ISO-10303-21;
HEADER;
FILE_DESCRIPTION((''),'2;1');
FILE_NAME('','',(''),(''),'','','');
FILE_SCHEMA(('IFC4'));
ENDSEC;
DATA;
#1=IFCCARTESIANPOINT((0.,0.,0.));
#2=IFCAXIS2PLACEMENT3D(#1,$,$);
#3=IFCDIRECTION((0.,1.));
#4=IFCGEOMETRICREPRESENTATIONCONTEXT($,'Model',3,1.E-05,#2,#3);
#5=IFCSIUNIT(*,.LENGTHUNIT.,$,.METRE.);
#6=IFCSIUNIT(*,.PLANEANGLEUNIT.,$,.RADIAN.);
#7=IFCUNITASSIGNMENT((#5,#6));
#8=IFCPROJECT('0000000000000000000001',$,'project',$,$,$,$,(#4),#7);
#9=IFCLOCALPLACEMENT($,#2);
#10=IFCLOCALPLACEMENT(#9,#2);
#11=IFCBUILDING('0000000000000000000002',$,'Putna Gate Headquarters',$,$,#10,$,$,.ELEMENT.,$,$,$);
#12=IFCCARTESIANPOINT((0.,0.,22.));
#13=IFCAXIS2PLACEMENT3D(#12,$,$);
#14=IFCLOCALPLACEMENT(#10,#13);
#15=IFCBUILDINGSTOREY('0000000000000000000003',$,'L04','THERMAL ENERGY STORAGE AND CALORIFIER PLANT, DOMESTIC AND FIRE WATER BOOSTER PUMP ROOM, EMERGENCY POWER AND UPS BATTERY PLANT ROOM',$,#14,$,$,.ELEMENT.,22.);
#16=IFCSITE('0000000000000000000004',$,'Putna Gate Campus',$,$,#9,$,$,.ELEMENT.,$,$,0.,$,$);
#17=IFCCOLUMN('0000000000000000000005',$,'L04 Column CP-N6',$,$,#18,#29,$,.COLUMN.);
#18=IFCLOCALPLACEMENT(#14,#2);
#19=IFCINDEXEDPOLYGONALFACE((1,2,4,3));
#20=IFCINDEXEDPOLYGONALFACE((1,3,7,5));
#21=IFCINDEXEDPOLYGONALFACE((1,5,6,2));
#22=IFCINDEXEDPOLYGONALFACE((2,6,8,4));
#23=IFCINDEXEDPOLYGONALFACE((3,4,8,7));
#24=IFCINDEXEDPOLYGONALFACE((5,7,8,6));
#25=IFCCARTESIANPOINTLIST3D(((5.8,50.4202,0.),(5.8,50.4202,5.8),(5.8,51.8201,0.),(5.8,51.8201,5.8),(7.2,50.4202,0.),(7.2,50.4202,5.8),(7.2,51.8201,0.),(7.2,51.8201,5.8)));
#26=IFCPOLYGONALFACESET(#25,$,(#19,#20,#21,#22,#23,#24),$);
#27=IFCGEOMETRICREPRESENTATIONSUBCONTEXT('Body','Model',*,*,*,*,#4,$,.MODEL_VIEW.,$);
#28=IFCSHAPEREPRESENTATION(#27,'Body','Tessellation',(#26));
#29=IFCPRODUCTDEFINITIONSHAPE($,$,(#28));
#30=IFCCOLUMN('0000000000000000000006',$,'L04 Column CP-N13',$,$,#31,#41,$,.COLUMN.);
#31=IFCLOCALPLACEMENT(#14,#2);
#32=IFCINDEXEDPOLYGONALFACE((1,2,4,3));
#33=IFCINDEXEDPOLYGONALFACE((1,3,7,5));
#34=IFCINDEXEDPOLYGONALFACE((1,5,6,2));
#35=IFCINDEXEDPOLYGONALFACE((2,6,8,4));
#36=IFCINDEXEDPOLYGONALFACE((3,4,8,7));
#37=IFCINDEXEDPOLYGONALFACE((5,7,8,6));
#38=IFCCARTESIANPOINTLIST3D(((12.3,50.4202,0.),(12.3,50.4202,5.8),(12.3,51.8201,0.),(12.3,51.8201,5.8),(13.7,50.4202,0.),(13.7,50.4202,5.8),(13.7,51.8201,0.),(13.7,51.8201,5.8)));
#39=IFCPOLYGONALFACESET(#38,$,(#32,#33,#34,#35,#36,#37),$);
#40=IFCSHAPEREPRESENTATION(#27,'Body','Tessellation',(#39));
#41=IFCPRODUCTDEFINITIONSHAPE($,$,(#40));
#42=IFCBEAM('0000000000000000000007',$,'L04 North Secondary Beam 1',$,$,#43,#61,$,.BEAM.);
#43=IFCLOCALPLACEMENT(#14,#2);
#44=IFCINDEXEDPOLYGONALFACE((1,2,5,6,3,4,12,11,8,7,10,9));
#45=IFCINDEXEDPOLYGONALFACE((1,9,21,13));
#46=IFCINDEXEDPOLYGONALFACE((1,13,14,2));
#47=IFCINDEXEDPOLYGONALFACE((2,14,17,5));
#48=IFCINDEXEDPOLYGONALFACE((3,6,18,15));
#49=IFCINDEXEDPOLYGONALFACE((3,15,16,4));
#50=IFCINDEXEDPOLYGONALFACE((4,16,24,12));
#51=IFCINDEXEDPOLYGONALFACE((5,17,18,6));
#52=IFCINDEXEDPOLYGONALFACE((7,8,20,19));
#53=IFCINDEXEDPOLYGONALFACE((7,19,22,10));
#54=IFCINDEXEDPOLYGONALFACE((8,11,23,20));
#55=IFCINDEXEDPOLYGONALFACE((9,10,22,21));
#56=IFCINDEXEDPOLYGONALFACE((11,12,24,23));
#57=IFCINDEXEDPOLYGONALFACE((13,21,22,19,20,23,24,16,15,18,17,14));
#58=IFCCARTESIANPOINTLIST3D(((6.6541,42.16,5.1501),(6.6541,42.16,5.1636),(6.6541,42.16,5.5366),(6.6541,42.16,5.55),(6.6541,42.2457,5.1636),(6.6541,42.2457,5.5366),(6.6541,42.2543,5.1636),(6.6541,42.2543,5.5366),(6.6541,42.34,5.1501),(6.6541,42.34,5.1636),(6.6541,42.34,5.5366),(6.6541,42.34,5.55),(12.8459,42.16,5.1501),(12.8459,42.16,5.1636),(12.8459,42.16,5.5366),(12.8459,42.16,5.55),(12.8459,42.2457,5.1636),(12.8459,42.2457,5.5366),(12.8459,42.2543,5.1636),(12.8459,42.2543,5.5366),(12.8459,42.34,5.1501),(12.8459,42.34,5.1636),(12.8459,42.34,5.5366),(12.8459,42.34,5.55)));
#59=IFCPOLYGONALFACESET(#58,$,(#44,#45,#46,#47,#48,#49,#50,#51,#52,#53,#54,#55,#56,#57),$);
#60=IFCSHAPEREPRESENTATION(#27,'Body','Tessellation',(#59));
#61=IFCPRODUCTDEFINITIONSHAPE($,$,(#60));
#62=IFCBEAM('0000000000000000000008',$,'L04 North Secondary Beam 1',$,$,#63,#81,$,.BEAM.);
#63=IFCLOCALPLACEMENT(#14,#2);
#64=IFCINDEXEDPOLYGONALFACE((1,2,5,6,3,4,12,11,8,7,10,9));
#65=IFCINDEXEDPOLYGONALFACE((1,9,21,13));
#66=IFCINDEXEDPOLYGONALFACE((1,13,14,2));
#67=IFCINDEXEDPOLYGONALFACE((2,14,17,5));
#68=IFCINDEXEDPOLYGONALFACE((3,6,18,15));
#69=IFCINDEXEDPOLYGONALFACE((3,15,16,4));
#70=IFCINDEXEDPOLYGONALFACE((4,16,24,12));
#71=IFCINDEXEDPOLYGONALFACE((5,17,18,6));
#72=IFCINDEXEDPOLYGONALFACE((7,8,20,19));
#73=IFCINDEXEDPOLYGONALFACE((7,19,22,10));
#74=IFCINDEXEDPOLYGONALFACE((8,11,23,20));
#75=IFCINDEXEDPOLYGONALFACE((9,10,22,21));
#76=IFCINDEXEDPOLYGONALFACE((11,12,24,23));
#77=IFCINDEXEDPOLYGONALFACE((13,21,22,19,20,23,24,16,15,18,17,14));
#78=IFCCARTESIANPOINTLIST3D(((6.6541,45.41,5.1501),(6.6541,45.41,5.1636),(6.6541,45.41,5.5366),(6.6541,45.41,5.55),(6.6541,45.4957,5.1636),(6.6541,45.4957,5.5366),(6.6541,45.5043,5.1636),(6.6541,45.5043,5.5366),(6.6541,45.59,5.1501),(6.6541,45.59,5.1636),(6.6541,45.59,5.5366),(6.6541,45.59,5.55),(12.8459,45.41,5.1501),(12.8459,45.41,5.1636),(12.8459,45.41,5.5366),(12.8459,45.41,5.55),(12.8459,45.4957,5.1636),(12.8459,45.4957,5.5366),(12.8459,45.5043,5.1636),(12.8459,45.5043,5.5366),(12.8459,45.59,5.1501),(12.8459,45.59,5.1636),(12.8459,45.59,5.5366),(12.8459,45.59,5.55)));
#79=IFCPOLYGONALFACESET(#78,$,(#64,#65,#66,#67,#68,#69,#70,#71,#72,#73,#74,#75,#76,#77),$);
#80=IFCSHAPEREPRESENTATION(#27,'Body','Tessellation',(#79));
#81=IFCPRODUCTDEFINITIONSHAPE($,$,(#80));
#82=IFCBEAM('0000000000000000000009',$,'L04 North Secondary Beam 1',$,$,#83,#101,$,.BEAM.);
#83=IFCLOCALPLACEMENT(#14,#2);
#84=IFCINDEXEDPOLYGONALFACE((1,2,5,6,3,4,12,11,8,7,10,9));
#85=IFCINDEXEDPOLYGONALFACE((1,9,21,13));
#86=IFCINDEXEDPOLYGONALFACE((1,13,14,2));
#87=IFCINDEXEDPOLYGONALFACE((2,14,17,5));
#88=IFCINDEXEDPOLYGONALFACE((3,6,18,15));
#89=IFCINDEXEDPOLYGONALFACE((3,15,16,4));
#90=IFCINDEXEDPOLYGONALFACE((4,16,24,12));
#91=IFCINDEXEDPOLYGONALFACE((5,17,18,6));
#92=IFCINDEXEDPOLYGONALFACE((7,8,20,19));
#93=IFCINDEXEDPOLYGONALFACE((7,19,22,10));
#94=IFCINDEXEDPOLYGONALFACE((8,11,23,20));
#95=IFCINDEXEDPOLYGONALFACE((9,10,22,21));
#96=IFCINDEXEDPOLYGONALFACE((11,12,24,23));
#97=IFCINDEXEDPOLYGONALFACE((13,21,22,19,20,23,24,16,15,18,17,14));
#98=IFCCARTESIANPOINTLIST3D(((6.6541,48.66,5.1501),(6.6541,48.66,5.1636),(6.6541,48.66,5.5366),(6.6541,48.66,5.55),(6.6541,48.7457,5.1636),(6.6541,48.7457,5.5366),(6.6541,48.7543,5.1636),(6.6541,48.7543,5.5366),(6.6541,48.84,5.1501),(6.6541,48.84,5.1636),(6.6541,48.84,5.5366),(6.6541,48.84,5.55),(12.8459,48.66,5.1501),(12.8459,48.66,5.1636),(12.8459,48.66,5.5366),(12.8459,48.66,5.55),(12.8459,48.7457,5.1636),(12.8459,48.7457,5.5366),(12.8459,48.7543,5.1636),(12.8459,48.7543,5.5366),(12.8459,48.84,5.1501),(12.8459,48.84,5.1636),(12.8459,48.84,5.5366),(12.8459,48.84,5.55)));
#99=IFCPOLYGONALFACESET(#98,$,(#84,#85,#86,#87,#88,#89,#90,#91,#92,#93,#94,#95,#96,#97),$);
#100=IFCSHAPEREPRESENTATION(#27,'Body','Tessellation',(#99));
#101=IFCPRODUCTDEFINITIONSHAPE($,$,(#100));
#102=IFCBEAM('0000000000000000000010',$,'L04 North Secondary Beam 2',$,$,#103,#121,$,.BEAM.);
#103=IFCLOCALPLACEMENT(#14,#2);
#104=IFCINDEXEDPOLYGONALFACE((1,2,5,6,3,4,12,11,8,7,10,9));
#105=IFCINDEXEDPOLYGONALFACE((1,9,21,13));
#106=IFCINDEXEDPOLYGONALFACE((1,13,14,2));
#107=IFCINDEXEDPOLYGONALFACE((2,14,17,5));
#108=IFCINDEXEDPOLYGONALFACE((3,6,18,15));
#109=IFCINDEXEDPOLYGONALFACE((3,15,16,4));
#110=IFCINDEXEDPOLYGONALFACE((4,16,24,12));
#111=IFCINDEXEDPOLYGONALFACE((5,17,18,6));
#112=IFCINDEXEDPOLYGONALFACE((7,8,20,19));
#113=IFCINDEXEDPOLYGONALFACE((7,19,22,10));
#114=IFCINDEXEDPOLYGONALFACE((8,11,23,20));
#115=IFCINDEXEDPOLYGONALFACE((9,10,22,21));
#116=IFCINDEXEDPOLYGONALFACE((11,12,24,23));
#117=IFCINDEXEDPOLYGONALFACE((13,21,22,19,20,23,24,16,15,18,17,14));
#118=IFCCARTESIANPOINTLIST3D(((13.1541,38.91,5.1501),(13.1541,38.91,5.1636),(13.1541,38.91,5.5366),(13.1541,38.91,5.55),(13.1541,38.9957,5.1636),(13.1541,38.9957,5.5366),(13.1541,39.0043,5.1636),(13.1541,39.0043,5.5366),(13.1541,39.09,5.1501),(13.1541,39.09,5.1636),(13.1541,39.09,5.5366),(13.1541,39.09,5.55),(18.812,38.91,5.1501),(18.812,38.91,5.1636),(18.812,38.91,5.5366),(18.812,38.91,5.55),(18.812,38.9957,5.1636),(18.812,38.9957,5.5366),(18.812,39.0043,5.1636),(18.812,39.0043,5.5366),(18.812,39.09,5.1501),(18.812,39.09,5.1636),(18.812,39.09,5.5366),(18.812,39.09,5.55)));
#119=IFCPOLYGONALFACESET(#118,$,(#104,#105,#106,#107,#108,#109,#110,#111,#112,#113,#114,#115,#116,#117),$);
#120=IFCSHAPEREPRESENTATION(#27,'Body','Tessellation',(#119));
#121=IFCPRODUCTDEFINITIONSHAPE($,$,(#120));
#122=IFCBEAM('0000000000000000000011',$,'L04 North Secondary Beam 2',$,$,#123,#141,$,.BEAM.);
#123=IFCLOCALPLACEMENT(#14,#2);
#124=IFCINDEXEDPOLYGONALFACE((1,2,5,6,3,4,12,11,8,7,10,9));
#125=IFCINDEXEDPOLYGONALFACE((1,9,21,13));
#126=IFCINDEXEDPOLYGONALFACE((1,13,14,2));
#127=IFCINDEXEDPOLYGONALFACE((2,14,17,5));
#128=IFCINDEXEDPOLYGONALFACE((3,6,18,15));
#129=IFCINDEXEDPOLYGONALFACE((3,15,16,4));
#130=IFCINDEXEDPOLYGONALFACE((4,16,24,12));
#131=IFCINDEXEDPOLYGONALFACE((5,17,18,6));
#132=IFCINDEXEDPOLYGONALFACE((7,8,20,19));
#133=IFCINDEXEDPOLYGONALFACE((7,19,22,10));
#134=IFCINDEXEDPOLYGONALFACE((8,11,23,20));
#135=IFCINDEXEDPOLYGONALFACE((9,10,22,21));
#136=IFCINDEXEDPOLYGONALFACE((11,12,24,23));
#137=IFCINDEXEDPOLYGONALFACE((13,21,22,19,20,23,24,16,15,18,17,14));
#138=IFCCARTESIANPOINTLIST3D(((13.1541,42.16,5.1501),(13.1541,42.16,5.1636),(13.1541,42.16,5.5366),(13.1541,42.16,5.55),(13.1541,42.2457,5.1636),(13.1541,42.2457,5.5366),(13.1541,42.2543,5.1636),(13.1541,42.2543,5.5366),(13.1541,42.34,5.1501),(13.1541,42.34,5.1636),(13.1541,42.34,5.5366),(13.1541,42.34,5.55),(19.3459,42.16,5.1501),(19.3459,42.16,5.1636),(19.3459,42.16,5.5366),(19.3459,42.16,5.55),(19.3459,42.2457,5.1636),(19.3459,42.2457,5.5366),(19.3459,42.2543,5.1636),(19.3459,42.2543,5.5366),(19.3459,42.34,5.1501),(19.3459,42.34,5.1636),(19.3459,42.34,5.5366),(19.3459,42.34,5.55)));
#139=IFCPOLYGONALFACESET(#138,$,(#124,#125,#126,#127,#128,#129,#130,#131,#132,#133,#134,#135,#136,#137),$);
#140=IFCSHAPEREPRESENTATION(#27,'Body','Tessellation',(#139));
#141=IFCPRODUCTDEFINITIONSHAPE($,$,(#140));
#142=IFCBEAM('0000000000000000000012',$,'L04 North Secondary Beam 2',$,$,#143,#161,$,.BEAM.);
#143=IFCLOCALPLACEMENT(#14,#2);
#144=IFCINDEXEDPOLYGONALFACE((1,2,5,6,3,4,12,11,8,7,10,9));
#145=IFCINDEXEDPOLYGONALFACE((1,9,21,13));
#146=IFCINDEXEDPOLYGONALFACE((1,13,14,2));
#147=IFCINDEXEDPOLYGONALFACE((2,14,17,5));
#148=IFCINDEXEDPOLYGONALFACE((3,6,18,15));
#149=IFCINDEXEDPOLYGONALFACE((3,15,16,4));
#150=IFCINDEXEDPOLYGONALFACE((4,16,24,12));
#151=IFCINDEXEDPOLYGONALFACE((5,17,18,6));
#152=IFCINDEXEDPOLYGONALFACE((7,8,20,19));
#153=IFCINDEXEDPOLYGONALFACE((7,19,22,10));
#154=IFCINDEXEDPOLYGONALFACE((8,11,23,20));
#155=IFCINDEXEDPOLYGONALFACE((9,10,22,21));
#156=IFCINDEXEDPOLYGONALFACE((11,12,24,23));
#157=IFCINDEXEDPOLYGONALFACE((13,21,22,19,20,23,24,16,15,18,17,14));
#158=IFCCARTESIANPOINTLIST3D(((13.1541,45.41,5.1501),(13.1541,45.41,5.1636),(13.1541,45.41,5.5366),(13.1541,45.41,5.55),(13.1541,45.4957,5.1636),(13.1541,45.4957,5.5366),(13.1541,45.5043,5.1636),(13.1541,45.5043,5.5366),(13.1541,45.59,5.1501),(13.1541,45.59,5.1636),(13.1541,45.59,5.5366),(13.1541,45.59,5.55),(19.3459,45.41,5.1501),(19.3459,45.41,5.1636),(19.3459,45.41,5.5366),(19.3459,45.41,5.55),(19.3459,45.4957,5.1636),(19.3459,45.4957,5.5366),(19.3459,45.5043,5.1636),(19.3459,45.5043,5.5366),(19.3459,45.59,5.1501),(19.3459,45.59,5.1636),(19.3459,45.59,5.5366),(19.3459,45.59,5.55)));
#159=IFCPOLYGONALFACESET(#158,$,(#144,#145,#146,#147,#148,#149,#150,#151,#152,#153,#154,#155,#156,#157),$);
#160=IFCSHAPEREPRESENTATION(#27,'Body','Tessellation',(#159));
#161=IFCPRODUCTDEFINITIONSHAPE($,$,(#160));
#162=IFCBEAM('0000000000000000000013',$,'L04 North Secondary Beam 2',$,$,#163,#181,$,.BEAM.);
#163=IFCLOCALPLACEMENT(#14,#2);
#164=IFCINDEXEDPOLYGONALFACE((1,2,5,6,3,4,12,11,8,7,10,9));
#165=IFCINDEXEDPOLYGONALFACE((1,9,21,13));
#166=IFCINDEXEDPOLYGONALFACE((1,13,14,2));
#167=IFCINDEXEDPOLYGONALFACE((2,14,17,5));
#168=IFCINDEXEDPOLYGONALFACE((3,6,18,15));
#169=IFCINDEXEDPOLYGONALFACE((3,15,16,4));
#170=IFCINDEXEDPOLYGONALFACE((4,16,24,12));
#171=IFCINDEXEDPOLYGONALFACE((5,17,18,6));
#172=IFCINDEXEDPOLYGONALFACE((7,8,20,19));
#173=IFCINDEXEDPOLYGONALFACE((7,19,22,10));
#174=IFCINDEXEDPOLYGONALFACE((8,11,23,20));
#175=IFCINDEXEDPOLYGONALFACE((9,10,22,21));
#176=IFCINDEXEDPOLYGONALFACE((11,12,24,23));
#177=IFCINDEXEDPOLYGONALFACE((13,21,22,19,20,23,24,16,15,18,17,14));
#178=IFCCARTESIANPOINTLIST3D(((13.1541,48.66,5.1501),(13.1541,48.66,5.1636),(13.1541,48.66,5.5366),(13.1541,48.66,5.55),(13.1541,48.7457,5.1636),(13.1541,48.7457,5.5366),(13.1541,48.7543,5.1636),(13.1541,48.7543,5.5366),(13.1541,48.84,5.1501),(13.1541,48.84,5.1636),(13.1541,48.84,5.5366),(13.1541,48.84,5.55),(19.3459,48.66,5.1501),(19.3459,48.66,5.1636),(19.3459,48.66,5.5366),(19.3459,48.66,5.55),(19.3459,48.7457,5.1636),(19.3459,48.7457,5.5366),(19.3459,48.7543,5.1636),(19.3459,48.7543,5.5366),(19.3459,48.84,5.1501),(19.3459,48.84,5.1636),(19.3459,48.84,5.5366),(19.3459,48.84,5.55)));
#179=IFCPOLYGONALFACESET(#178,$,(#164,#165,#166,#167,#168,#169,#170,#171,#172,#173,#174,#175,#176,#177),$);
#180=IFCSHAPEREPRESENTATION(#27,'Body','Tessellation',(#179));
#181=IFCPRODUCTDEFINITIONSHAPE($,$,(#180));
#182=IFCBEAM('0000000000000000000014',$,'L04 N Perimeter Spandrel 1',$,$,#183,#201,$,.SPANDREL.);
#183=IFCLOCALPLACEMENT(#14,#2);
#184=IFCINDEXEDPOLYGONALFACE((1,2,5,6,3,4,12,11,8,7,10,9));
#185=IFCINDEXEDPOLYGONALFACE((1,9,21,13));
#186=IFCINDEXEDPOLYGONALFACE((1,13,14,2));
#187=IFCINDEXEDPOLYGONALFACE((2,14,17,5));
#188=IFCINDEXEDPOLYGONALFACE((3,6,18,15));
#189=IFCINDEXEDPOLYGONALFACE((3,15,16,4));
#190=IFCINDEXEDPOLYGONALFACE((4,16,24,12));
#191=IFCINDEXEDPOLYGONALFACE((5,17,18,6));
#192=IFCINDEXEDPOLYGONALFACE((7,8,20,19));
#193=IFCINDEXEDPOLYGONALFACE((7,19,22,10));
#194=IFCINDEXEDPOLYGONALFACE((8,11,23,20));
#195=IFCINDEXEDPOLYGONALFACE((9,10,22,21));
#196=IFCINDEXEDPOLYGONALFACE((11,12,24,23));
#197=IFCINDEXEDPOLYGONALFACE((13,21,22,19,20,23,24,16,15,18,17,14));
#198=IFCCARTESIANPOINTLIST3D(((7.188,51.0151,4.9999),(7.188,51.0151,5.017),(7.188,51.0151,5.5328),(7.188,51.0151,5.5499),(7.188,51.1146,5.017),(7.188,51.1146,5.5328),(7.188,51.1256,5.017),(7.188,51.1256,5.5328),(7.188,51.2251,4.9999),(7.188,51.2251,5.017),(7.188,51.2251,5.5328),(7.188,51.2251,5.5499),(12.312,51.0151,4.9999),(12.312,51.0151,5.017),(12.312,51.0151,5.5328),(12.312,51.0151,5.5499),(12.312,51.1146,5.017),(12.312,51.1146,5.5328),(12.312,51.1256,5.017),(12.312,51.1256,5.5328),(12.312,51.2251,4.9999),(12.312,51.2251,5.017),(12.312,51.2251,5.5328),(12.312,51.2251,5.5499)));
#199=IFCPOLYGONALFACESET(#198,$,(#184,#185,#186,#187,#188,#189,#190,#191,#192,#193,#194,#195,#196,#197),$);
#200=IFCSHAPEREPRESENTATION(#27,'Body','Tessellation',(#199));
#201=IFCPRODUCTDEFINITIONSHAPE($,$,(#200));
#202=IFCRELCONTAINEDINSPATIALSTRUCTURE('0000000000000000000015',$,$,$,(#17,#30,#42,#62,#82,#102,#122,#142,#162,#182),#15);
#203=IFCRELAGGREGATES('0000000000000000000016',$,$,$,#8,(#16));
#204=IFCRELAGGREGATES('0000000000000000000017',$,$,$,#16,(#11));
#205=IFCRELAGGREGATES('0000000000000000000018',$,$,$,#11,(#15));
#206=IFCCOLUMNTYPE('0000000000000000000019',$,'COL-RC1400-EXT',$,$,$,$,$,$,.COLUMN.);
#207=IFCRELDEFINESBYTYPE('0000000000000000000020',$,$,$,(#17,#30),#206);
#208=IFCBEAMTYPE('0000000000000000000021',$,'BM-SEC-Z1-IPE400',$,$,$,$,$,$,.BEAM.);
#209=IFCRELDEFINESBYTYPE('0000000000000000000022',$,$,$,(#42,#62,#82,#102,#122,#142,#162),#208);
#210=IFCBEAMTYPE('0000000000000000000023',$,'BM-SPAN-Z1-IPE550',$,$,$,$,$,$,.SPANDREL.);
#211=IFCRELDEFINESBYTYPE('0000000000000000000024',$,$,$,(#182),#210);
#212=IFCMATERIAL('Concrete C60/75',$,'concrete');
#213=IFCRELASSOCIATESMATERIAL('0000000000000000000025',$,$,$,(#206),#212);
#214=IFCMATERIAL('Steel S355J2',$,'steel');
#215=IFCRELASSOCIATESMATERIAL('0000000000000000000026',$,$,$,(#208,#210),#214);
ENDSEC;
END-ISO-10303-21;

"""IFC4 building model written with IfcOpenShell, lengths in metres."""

from ifc_helpers import new_model, si_unit, direction, frame, origin, origin_2d, place, context, subcontext, project, spatial, rectangle, i_section, extrude, material, material_profile, profile_set, type_object, element, save


model = new_model("IFC4")

# Units and contexts
model_context = context("Model", 3, precision=1e-05, world=origin(), true_north=direction((0.0, 1.0)))
body_context = subcontext(model_context, "Body", "Model", "MODEL_VIEW")
ifc_project = project(units=[si_unit("LENGTHUNIT", "METRE"), si_unit("PLANEANGLEUNIT", "RADIAN")], contexts=[model_context])

# Site, building, storey
site_placement = place(None, origin())
site = spatial("IfcSite", under=ifc_project, at=site_placement, Name="Putna Gate Campus", CompositionType="ELEMENT", RefElevation=0.0)
building_placement = place(site_placement, origin())
building = spatial("IfcBuilding", under=site, at=building_placement, Name="Putna Gate Headquarters", CompositionType="ELEMENT")
storey_placement = place(building_placement, frame((0.0, 0.0, 22.0)))
storey = spatial("IfcBuildingStorey", under=building, at=storey_placement, Name="L04", Description="THERMAL ENERGY STORAGE AND CALORIFIER PLANT, DOMESTIC AND FIRE WATER BOOSTER PUMP ROOM, EMERGENCY POWER AND UPS BATTERY PLANT ROOM", CompositionType="ELEMENT", Elevation=22.0)

# Columns
ifc_material_1 = material(Name="Concrete C60/75", Category="concrete")
ifc_material_profile_1 = material_profile(ifc_material_1, rectangle(XDim=1.3999, YDim=1.3999, at=origin_2d()), Name="Concrete C60/75")
ifc_profile_set_1 = profile_set([ifc_material_profile_1], Name="Concrete C60/75")
column_type = type_object("IfcColumnType", Name="COL-RC1400-EXT", PredefinedType="COLUMN", material=ifc_profile_set_1)
for number, where, z_axis, x_axis, name in (
    (1, (6.5, 51.1201, 0.0), (0.0, 0.0, 1.0), (1.0, 0.0, 0.0), "L04 Column CP-N6"),
    (2, (13.0, 51.1201, 0.0), (0.0, 0.0, 1.0), (1.0, 0.0, 0.0), "L04 Column CP-N13"),
):
    element("IfcColumn", number, at=place(storey_placement, frame(where, z_axis=z_axis, x_axis=x_axis)), inside=storey, type_object=column_type, Name=name, PredefinedType="COLUMN", context=body_context, shape_type="SweptSolid", body=[
        extrude(rectangle(XDim=1.3999, YDim=1.3999, at=origin_2d()), origin(), (0.0, 0.0, 1.0), 5.8),
    ])

# Beams
ifc_material_2 = material(Name="Steel S355J2", Category="steel")
ifc_material_profile_2 = material_profile(ifc_material_2, i_section(OverallWidth=0.1799, OverallDepth=0.3999, WebThickness=0.0085, FlangeThickness=0.0134, at=origin_2d()), Name="Steel S355J2")
ifc_profile_set_2 = profile_set([ifc_material_profile_2], Name="Steel S355J2")
beam_type_1 = type_object("IfcBeamType", Name="BM-SEC-Z1-IPE400", PredefinedType="BEAM", material=ifc_profile_set_2)
for number, where, z_axis, x_axis, name in (
    (3, (6.6541, 42.25, 5.3501), (1.0, 0.0, 0.0), (0.0, 1.0, 0.0), "L04 North Secondary Beam 1"),
    (4, (6.6541, 45.5, 5.3501), (1.0, 0.0, 0.0), (0.0, 1.0, 0.0), "L04 North Secondary Beam 1"),
    (5, (6.6541, 48.75, 5.3501), (1.0, 0.0, 0.0), (0.0, 1.0, 0.0), "L04 North Secondary Beam 1"),
):
    element("IfcBeam", number, at=place(storey_placement, frame(where, z_axis=z_axis, x_axis=x_axis)), inside=storey, type_object=beam_type_1, Name=name, PredefinedType="BEAM", context=body_context, shape_type="SweptSolid", body=[
        extrude(i_section(OverallWidth=0.1799, OverallDepth=0.3999, WebThickness=0.0085, FlangeThickness=0.0134, at=origin_2d()), origin(), (0.0, 0.0, 1.0), 6.1919),
    ])
beam_placement = place(storey_placement, frame((13.1541, 39.0, 5.3501), z_axis=(1.0, 0.0, 0.0), x_axis=(0.0, 1.0, 0.0)))
element("IfcBeam", 6, at=beam_placement, inside=storey, type_object=beam_type_1, Name="L04 North Secondary Beam 2", PredefinedType="BEAM", context=body_context, shape_type="SweptSolid", body=[
    extrude(i_section(OverallWidth=0.1799, OverallDepth=0.3999, WebThickness=0.0085, FlangeThickness=0.0134, at=origin_2d()), origin(), (0.0, 0.0, 1.0), 5.658),
])
for number, where, z_axis, x_axis, name in (
    (7, (13.1541, 42.25, 5.3501), (1.0, 0.0, 0.0), (0.0, 1.0, 0.0), "L04 North Secondary Beam 2"),
    (8, (13.1541, 45.5, 5.3501), (1.0, 0.0, 0.0), (0.0, 1.0, 0.0), "L04 North Secondary Beam 2"),
    (9, (13.1541, 48.75, 5.3501), (1.0, 0.0, 0.0), (0.0, 1.0, 0.0), "L04 North Secondary Beam 2"),
):
    element("IfcBeam", number, at=place(storey_placement, frame(where, z_axis=z_axis, x_axis=x_axis)), inside=storey, type_object=beam_type_1, Name=name, PredefinedType="BEAM", context=body_context, shape_type="SweptSolid", body=[
        extrude(i_section(OverallWidth=0.1799, OverallDepth=0.3999, WebThickness=0.0085, FlangeThickness=0.0134, at=origin_2d()), origin(), (0.0, 0.0, 1.0), 6.1919),
    ])
ifc_material_profile_3 = material_profile(ifc_material_2, i_section(OverallWidth=0.21, OverallDepth=0.55, WebThickness=0.011, FlangeThickness=0.0171, at=origin_2d()), Name="Steel S355J2")
ifc_profile_set_3 = profile_set([ifc_material_profile_3], Name="Steel S355J2")
beam_type_2 = type_object("IfcBeamType", Name="BM-SPAN-Z1-IPE550", PredefinedType="SPANDREL", material=ifc_profile_set_3)
for number, where, z_axis, x_axis, name in (
    (10, (7.188, 51.1201, 5.2749), (1.0, 0.0, 0.0), (0.0, 1.0, 0.0), "L04 N Perimeter Spandrel 1"),
):
    element("IfcBeam", number, at=place(storey_placement, frame(where, z_axis=z_axis, x_axis=x_axis)), inside=storey, type_object=beam_type_2, Name=name, PredefinedType="SPANDREL", context=body_context, shape_type="SweptSolid", body=[
        extrude(i_section(OverallWidth=0.21, OverallDepth=0.55, WebThickness=0.011, FlangeThickness=0.0171, at=origin_2d()), origin(), (0.0, 0.0, 1.0), 5.124),
    ])

save(model, "model.ifc")
